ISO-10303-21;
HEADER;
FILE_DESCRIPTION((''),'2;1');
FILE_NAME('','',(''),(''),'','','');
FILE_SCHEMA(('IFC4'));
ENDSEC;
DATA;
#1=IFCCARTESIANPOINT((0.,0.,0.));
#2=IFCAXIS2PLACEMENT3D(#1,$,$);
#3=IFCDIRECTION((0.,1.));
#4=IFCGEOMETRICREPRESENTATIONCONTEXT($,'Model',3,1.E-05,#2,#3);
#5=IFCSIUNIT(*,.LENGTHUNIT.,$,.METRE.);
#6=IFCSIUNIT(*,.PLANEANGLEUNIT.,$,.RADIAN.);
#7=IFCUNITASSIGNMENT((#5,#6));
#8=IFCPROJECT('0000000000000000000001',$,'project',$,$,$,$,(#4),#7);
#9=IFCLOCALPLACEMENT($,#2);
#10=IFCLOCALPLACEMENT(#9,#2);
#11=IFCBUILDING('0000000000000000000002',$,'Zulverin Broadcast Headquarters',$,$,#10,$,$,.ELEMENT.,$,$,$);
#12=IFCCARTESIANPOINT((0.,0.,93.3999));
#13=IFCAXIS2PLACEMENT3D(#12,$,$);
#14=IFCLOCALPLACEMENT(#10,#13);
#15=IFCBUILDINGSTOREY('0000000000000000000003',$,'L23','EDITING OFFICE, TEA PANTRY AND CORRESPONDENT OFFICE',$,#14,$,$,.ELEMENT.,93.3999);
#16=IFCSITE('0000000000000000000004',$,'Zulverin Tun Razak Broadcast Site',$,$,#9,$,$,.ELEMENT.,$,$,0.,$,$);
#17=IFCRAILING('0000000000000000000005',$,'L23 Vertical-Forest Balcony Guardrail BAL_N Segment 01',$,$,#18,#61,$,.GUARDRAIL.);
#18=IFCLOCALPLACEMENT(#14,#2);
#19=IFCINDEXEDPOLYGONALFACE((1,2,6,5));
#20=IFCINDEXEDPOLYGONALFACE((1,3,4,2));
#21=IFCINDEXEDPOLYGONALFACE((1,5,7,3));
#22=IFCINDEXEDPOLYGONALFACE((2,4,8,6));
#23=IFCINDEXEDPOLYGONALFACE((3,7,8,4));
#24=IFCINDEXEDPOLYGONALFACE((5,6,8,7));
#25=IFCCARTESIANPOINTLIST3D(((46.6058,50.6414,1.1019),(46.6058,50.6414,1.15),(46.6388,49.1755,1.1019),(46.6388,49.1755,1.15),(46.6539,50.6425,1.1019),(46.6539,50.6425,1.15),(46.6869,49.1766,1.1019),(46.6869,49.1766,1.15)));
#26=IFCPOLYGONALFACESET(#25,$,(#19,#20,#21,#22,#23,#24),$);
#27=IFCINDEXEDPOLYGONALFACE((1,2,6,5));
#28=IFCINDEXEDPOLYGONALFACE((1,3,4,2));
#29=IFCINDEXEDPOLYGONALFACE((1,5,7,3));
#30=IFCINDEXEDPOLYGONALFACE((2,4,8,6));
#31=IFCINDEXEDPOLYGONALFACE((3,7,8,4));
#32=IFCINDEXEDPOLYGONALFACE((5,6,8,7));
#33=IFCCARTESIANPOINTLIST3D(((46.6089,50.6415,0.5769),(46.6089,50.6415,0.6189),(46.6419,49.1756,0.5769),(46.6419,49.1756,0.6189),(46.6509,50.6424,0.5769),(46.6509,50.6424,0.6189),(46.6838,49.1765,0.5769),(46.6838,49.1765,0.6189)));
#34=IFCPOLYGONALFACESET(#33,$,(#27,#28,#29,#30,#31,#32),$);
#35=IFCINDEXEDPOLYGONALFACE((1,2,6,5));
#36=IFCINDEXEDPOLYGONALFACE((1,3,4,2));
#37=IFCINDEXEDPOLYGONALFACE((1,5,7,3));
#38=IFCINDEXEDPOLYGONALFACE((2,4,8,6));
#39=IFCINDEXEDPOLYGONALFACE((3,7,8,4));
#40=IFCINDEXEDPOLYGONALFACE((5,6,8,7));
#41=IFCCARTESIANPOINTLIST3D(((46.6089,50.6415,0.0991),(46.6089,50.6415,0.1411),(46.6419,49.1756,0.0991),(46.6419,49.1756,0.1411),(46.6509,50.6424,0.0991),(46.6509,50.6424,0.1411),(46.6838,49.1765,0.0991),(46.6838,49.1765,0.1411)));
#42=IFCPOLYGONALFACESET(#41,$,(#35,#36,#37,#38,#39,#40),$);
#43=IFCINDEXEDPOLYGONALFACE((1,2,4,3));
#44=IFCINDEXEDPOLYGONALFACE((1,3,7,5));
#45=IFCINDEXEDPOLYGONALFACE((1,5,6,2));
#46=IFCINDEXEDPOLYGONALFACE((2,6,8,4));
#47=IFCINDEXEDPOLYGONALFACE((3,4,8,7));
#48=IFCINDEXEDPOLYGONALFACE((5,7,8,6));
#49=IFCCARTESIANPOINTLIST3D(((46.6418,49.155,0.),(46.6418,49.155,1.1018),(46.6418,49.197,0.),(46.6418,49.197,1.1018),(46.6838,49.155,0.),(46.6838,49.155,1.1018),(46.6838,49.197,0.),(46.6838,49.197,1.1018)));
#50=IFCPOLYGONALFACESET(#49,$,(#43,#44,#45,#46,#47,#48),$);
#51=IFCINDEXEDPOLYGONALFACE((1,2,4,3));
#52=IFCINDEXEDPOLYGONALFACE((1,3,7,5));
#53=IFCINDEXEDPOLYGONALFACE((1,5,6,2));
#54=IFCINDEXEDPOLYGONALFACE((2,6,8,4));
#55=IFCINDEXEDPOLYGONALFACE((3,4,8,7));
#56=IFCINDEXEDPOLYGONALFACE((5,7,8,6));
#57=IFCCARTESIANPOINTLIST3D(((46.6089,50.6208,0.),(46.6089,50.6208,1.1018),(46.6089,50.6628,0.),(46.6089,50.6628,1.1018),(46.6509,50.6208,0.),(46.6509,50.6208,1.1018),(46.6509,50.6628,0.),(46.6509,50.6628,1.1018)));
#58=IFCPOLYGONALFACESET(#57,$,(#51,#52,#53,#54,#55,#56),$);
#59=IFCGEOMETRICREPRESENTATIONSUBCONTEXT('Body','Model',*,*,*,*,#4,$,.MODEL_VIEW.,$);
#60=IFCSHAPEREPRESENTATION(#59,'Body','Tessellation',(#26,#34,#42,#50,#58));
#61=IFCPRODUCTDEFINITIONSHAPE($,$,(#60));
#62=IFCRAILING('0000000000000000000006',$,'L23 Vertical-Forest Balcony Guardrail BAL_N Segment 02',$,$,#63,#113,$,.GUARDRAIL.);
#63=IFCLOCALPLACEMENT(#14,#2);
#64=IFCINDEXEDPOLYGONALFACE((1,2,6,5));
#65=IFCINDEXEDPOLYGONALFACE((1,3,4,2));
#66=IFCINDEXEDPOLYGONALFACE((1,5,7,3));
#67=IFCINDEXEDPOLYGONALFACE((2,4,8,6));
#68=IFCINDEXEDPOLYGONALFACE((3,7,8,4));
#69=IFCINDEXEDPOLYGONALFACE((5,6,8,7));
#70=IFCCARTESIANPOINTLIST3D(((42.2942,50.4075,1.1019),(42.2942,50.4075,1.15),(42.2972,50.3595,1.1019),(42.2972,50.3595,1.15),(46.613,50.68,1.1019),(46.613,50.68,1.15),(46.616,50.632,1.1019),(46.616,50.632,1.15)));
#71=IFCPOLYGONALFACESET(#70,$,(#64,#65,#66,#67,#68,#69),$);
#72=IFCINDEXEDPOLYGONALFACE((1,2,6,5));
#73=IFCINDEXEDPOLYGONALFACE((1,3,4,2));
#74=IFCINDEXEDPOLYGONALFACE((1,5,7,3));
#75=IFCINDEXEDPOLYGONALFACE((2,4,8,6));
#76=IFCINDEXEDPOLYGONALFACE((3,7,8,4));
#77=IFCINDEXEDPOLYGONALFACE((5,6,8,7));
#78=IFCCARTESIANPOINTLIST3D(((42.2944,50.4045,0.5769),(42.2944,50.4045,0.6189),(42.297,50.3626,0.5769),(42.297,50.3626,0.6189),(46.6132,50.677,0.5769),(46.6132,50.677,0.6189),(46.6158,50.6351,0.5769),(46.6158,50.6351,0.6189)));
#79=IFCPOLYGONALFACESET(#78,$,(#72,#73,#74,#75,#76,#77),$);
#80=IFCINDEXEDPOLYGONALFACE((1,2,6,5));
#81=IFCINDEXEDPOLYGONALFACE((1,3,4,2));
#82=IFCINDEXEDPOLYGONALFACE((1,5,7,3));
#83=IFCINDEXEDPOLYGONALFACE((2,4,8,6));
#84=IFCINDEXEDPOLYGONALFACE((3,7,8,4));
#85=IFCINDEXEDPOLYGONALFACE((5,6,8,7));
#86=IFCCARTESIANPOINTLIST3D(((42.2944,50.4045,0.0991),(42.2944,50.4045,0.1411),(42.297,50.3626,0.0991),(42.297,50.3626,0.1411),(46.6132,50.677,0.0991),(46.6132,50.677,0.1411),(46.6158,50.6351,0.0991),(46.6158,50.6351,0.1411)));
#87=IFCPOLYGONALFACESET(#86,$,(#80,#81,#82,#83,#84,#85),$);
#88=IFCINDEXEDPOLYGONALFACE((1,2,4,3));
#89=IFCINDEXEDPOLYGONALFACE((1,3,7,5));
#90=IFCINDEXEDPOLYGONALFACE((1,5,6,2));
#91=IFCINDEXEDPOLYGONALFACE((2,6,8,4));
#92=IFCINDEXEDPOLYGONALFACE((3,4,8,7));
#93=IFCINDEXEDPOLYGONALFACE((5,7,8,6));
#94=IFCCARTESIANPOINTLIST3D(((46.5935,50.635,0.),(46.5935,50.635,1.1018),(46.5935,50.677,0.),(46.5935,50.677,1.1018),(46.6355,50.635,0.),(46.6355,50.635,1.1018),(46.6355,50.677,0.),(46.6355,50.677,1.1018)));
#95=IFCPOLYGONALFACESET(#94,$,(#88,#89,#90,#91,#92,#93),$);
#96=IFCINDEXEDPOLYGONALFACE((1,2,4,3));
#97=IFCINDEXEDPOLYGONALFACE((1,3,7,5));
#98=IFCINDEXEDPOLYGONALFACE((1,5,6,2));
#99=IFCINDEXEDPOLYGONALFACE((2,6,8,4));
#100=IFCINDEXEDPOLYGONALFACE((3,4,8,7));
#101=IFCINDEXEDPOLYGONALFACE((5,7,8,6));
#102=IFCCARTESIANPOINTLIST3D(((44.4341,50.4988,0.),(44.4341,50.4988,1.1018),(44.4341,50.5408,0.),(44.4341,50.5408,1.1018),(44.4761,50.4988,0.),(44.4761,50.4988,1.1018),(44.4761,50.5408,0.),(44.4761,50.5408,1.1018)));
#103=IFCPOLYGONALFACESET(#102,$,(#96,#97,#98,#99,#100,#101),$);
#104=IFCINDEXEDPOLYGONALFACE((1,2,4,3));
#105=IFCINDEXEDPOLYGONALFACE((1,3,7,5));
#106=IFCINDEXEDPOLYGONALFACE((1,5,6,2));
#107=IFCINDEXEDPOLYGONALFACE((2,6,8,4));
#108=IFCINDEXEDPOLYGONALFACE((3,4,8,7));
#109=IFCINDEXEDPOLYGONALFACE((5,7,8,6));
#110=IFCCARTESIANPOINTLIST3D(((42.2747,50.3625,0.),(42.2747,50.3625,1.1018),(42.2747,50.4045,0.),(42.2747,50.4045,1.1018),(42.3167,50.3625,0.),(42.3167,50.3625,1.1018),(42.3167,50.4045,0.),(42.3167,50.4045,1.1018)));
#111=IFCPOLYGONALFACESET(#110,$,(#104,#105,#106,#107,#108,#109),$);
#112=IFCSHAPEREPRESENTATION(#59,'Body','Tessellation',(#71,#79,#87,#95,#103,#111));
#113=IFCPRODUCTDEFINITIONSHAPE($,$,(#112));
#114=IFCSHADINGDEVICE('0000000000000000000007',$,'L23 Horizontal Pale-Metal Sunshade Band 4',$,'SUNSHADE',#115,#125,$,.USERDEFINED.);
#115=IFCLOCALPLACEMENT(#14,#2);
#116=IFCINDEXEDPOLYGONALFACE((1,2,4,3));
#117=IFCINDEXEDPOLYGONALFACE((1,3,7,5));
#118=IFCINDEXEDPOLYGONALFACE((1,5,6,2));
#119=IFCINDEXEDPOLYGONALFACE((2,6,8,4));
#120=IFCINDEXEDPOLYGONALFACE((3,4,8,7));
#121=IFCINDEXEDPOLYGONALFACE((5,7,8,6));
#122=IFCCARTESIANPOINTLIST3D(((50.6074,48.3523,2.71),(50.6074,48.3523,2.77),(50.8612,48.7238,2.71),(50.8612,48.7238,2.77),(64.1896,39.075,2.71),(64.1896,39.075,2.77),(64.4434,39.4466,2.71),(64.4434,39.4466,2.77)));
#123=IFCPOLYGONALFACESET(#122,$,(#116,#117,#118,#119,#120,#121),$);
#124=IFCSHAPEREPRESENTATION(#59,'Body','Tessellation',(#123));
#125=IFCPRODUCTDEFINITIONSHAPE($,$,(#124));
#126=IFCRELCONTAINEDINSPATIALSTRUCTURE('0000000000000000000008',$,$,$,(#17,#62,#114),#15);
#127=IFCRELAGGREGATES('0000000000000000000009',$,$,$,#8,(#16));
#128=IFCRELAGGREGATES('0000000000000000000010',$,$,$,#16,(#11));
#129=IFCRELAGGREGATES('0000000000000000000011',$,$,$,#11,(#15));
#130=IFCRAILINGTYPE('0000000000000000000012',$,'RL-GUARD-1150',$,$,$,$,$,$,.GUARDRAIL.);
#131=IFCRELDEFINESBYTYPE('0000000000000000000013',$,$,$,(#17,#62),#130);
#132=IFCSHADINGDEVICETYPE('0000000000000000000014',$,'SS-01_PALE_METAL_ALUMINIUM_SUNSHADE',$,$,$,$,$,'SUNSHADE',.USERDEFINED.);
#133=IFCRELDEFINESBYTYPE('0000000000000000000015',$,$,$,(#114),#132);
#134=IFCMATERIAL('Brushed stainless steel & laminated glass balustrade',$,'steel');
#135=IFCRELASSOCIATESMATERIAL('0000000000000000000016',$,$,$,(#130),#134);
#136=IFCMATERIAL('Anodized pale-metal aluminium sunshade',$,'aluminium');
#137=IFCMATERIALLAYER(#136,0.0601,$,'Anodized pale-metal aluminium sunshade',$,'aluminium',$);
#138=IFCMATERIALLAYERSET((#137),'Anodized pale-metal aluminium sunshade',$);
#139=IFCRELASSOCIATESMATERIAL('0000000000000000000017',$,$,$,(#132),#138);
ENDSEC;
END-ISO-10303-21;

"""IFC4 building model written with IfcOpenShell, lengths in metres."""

from ifc_helpers import new_model, si_unit, direction, frame, origin, origin_2d, place, context, subcontext, project, spatial, rectangle, extrude, material, layer, layer_set, type_object, element, save


model = new_model("IFC4")

# Units and contexts
model_context = context("Model", 3, precision=1e-05, world=origin(), true_north=direction((0.0, 1.0)))
body_context = subcontext(model_context, "Body", "Model", "MODEL_VIEW")
ifc_project = project(units=[si_unit("LENGTHUNIT", "METRE"), si_unit("PLANEANGLEUNIT", "RADIAN")], contexts=[model_context])

# Site, building, storey
site_placement = place(None, origin())
site = spatial("IfcSite", under=ifc_project, at=site_placement, Name="Zulverin Tun Razak Broadcast Site", CompositionType="ELEMENT", RefElevation=0.0)
building_placement = place(site_placement, origin())
building = spatial("IfcBuilding", under=site, at=building_placement, Name="Zulverin Broadcast Headquarters", CompositionType="ELEMENT")
storey_placement = place(building_placement, frame((0.0, 0.0, 93.3999)))
storey = spatial("IfcBuildingStorey", under=building, at=storey_placement, Name="L23", Description="EDITING OFFICE, TEA PANTRY AND CORRESPONDENT OFFICE", CompositionType="ELEMENT", Elevation=93.3999)

# Railings
ifc_material_1 = material(Name="Brushed stainless steel & laminated glass balustrade", Category="steel")
railing_type = type_object("IfcRailingType", Name="RL-GUARD-1150", PredefinedType="GUARDRAIL", material=ifc_material_1)
railing_1_placement = place(storey_placement, frame((46.6628, 49.176, 0.0)))
element("IfcRailing", 1, at=railing_1_placement, inside=storey, type_object=railing_type, Name="L23 Vertical-Forest Balcony Guardrail BAL_N Segment 01", PredefinedType="GUARDRAIL", context=body_context, shape_type="SweptSolid", body=[
    extrude(rectangle(XDim=0.0481, YDim=0.0481, at=origin_2d()), frame((0.0, 0.0, 1.126), z_axis=(-0.022479, 0.999747, 0.0), x_axis=(-0.999747, -0.022479, 0.0)), (0.0, 0.0, 1.0), 1.4663),
    extrude(rectangle(XDim=0.042, YDim=0.042, at=origin_2d()), frame((0.0, 0.0, 0.5979), z_axis=(-0.022479, 0.999747, 0.0), x_axis=(-0.999747, -0.022479, 0.0)), (0.0, 0.0, 1.0), 1.4663),
    extrude(rectangle(XDim=0.042, YDim=0.042, at=origin_2d()), frame((0.0, 0.0, 0.1201), z_axis=(-0.022479, 0.999747, 0.0), x_axis=(-0.999747, -0.022479, 0.0)), (0.0, 0.0, 1.0), 1.4663),
    extrude(rectangle(XDim=0.042, YDim=0.042, at=origin_2d()), origin(), (0.0, 0.0, 1.0), 1.1018),
    extrude(rectangle(XDim=0.042, YDim=0.042, at=origin_2d()), frame((-0.033, 1.4658, 0.0)), (0.0, 0.0, 1.0), 1.1018),
])
railing_2_placement = place(storey_placement, frame((46.6145, 50.656, 0.0)))
element("IfcRailing", 2, at=railing_2_placement, inside=storey, type_object=railing_type, Name="L23 Vertical-Forest Balcony Guardrail BAL_N Segment 02", PredefinedType="GUARDRAIL", context=body_context, shape_type="SweptSolid", body=[
    extrude(rectangle(XDim=0.0481, YDim=0.0481, at=origin_2d()), frame((0.0, 0.0, 1.126), z_axis=(-0.998016, -0.062961, 0.0), x_axis=(0.062961, -0.998016, 0.0)), (0.0, 0.0, 1.0), 4.3274),
    extrude(rectangle(XDim=0.042, YDim=0.042, at=origin_2d()), frame((0.0, 0.0, 0.5979), z_axis=(-0.998016, -0.062961, 0.0), x_axis=(0.062961, -0.998016, 0.0)), (0.0, 0.0, 1.0), 4.3274),
    extrude(rectangle(XDim=0.042, YDim=0.042, at=origin_2d()), frame((0.0, 0.0, 0.1201), z_axis=(-0.998016, -0.062961, 0.0), x_axis=(0.062961, -0.998016, 0.0)), (0.0, 0.0, 1.0), 4.3274),
    extrude(rectangle(XDim=0.042, YDim=0.042, at=origin_2d()), origin(), (0.0, 0.0, 1.0), 1.1018),
    extrude(rectangle(XDim=0.042, YDim=0.042, at=origin_2d()), frame((-2.1594, -0.1362, 0.0)), (0.0, 0.0, 1.0), 1.1018),
    extrude(rectangle(XDim=0.042, YDim=0.042, at=origin_2d()), frame((-4.3188, -0.2725, 0.0)), (0.0, 0.0, 1.0), 1.1018),
])

# Shading device
ifc_material_2 = material(Name="Anodized pale-metal aluminium sunshade", Category="aluminium")
ifc_layer_1 = layer(ifc_material_2, 0.0601, Name="Anodized pale-metal aluminium sunshade", Category="aluminium")
ifc_layer_set_1 = layer_set([ifc_layer_1], Name="Anodized pale-metal aluminium sunshade")
shading_device_type = type_object("IfcShadingDeviceType", Name="SS-01_PALE_METAL_ALUMINIUM_SUNSHADE", ElementType="SUNSHADE", PredefinedType="USERDEFINED", material=ifc_layer_set_1)
shading_device_placement = place(storey_placement, frame((57.5254, 43.8994, 2.71), z_axis=(0.0, 0.0, 1.0), x_axis=(-0.825757, 0.564026, 0.0)))
element("IfcShadingDevice", 3, at=shading_device_placement, inside=storey, type_object=shading_device_type, Name="L23 Horizontal Pale-Metal Sunshade Band 4", ObjectType="SUNSHADE", PredefinedType="USERDEFINED", context=body_context, shape_type="SweptSolid", body=[
    extrude(rectangle(XDim=16.4482, YDim=0.45, at=origin_2d()), origin(), (0.0, 0.0, 1.0), 0.0601),
])

save(model, "model.ifc")
